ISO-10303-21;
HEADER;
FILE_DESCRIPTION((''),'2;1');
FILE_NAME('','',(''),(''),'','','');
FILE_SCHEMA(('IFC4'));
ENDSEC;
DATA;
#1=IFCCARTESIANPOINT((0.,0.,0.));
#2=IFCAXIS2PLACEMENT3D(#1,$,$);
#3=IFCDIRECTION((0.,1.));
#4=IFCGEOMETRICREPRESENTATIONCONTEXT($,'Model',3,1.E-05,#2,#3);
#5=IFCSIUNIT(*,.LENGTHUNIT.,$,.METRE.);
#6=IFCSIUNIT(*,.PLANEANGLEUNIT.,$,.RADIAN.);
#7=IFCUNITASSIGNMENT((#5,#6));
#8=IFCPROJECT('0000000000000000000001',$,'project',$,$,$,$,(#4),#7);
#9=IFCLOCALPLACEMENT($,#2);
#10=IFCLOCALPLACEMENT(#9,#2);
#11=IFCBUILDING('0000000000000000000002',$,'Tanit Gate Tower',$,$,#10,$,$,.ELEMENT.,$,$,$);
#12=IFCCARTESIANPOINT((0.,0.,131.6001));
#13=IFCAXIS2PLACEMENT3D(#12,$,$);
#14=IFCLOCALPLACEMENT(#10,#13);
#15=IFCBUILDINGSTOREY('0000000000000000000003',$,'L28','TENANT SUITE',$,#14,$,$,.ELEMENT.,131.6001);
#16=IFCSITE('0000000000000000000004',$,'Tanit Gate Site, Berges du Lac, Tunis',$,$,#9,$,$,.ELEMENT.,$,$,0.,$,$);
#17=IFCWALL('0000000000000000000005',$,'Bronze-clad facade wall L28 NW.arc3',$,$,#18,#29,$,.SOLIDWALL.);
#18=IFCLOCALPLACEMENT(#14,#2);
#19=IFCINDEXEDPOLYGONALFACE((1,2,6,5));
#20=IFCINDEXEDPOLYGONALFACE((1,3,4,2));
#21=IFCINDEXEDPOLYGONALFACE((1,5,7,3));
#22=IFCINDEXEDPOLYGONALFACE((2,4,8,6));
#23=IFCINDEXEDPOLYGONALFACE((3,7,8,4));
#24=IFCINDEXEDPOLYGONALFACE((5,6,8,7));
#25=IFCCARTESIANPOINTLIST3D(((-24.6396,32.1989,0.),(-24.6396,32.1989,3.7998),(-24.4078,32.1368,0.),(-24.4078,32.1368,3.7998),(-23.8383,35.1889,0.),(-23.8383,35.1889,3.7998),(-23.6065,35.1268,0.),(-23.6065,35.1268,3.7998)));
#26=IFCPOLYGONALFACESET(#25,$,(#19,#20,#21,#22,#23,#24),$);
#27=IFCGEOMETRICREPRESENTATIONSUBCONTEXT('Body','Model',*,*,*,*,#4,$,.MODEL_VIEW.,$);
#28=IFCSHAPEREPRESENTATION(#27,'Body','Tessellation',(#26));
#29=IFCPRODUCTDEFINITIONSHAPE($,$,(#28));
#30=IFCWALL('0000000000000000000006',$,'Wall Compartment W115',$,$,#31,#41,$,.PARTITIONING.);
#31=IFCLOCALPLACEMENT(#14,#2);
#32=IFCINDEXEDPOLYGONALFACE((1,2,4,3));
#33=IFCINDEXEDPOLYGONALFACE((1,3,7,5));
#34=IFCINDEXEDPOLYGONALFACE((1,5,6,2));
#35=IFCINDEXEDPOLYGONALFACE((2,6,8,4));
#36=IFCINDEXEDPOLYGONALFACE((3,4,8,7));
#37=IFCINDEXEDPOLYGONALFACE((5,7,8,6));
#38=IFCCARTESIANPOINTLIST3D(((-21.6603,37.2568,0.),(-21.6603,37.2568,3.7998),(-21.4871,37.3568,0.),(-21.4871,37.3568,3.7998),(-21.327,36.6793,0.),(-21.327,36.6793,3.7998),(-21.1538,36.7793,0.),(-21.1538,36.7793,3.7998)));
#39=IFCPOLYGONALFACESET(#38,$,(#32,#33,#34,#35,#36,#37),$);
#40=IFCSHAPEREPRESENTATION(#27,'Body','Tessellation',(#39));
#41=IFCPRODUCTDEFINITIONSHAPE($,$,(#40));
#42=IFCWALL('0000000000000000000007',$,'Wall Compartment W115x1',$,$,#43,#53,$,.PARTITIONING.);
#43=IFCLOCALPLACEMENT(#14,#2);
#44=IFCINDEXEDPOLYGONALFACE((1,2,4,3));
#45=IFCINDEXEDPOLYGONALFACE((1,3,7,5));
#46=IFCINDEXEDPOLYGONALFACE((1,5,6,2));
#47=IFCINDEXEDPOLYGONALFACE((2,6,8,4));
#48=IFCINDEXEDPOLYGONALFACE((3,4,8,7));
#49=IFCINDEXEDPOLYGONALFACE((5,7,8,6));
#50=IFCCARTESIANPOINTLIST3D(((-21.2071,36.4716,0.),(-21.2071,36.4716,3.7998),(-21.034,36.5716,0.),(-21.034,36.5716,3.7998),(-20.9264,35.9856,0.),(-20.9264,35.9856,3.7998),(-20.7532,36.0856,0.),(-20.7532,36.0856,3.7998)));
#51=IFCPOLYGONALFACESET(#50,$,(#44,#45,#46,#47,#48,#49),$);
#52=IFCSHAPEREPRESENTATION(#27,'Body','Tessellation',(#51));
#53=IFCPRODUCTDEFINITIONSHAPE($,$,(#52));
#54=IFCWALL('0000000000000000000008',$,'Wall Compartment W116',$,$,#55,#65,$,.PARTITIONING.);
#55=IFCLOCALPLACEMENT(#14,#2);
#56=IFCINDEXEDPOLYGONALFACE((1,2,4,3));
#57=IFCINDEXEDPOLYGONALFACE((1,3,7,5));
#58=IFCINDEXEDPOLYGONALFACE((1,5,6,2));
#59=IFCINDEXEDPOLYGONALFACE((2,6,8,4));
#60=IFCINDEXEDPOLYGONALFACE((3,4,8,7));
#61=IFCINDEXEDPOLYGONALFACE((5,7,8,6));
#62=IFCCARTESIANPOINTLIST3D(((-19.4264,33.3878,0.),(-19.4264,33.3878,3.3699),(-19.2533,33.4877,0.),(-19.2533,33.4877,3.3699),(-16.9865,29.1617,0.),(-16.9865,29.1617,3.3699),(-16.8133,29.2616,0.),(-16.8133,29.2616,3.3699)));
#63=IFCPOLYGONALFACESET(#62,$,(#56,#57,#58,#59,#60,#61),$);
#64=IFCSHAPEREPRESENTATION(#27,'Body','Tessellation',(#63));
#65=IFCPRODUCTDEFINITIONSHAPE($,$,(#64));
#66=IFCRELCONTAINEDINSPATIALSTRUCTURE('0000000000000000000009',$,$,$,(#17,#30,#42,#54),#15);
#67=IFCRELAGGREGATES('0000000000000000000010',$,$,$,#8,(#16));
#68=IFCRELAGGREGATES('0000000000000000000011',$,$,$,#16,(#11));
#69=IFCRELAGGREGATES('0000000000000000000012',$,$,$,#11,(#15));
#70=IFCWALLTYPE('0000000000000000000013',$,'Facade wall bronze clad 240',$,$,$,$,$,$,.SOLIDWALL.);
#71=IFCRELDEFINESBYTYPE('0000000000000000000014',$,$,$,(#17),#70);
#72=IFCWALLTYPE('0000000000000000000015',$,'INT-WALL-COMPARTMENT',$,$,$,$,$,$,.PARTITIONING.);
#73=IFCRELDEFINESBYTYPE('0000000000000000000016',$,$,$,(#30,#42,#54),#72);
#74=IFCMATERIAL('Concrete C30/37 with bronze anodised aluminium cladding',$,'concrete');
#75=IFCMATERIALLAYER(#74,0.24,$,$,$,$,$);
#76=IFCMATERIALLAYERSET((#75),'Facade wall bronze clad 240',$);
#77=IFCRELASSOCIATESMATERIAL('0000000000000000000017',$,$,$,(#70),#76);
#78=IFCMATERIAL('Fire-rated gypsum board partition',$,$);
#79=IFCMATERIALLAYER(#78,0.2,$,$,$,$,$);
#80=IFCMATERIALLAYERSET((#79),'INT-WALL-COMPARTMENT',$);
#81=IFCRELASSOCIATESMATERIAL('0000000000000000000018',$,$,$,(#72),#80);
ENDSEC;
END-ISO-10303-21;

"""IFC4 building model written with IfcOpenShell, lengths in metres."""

from ifc_helpers import new_model, si_unit, direction, frame, frame_2d, origin, place, context, subcontext, project, spatial, rectangle, extrude, material, layer, layer_set, type_object, element, save


model = new_model("IFC4")

# Units and contexts
model_context = context("Model", 3, precision=1e-05, world=origin(), true_north=direction((0.0, 1.0)))
body_context = subcontext(model_context, "Body", "Model", "MODEL_VIEW")
ifc_project = project(units=[si_unit("LENGTHUNIT", "METRE"), si_unit("PLANEANGLEUNIT", "RADIAN")], contexts=[model_context])

# Site, building, storey
site_placement = place(None, origin())
site = spatial("IfcSite", under=ifc_project, at=site_placement, Name="Tanit Gate Site, Berges du Lac, Tunis", CompositionType="ELEMENT", RefElevation=0.0)
building_placement = place(site_placement, origin())
building = spatial("IfcBuilding", under=site, at=building_placement, Name="Tanit Gate Tower", CompositionType="ELEMENT")
storey_placement = place(building_placement, frame((0.0, 0.0, 131.6001)))
storey = spatial("IfcBuildingStorey", under=building, at=storey_placement, Name="L28", Description="TENANT SUITE", CompositionType="ELEMENT", Elevation=131.6001)

# Walls
ifc_material_1 = material(Name="Concrete C30/37 with bronze anodised aluminium cladding", Category="concrete")
ifc_layer_1 = layer(ifc_material_1, 0.24)
ifc_layer_set_1 = layer_set([ifc_layer_1], Name="Facade wall bronze clad 240")
wall_type_1 = type_object("IfcWallType", Name="Facade wall bronze clad 240", PredefinedType="SOLIDWALL", material=ifc_layer_set_1)
wall_1_placement = place(storey_placement, frame((-23.7224, 35.158, 0.0), z_axis=(0.0, 0.0, 1.0), x_axis=(-0.25885, -0.965917, 0.0)))
element("IfcWall", 1, at=wall_1_placement, inside=storey, type_object=wall_type_1, Name="Bronze-clad facade wall L28 NW.arc3", PredefinedType="SOLIDWALL", context=body_context, shape_type="SweptSolid", body=[
    extrude(rectangle(XDim=3.0955, YDim=0.24, at=frame_2d((1.5479, 0.0))), origin(), (0.0, 0.0, 1.0), 3.7998),
])
ifc_material_2 = material(Name="Fire-rated gypsum board partition")
ifc_layer_2 = layer(ifc_material_2, 0.2)
ifc_layer_set_2 = layer_set([ifc_layer_2], Name="INT-WALL-COMPARTMENT")
wall_type_2 = type_object("IfcWallType", Name="INT-WALL-COMPARTMENT", PredefinedType="PARTITIONING", material=ifc_layer_set_2)
wall_2_placement = place(storey_placement, frame((-21.5737, 37.3069, 0.0), z_axis=(0.0, 0.0, 1.0), x_axis=(0.499881, -0.866094, 0.0)))
element("IfcWall", 2, at=wall_2_placement, inside=storey, type_object=wall_type_2, Name="Wall Compartment W115", PredefinedType="PARTITIONING", context=body_context, shape_type="SweptSolid", body=[
    extrude(rectangle(XDim=0.6667, YDim=0.2, at=frame_2d((0.3335, 0.0))), origin(), (0.0, 0.0, 1.0), 3.7998),
])
wall_3_placement = place(storey_placement, frame((-21.1206, 36.5217, 0.0), z_axis=(0.0, 0.0, 1.0), x_axis=(0.500162, -0.865932, 0.0)))
element("IfcWall", 3, at=wall_3_placement, inside=storey, type_object=wall_type_2, Name="Wall Compartment W115x1", PredefinedType="PARTITIONING", context=body_context, shape_type="SweptSolid", body=[
    extrude(rectangle(XDim=0.5613, YDim=0.2, at=frame_2d((0.2808, 0.0))), origin(), (0.0, 0.0, 1.0), 3.7998),
])
wall_4_placement = place(storey_placement, frame((-19.3398, 33.4377, 0.0), z_axis=(0.0, 0.0, 1.0), x_axis=(0.500003, -0.866024, 0.0)))
element("IfcWall", 4, at=wall_4_placement, inside=storey, type_object=wall_type_2, Name="Wall Compartment W116", PredefinedType="PARTITIONING", context=body_context, shape_type="SweptSolid", body=[
    extrude(rectangle(XDim=4.8799, YDim=0.2, at=frame_2d((2.4399, 0.0))), origin(), (0.0, 0.0, 1.0), 3.3699),
])

save(model, "model.ifc")
